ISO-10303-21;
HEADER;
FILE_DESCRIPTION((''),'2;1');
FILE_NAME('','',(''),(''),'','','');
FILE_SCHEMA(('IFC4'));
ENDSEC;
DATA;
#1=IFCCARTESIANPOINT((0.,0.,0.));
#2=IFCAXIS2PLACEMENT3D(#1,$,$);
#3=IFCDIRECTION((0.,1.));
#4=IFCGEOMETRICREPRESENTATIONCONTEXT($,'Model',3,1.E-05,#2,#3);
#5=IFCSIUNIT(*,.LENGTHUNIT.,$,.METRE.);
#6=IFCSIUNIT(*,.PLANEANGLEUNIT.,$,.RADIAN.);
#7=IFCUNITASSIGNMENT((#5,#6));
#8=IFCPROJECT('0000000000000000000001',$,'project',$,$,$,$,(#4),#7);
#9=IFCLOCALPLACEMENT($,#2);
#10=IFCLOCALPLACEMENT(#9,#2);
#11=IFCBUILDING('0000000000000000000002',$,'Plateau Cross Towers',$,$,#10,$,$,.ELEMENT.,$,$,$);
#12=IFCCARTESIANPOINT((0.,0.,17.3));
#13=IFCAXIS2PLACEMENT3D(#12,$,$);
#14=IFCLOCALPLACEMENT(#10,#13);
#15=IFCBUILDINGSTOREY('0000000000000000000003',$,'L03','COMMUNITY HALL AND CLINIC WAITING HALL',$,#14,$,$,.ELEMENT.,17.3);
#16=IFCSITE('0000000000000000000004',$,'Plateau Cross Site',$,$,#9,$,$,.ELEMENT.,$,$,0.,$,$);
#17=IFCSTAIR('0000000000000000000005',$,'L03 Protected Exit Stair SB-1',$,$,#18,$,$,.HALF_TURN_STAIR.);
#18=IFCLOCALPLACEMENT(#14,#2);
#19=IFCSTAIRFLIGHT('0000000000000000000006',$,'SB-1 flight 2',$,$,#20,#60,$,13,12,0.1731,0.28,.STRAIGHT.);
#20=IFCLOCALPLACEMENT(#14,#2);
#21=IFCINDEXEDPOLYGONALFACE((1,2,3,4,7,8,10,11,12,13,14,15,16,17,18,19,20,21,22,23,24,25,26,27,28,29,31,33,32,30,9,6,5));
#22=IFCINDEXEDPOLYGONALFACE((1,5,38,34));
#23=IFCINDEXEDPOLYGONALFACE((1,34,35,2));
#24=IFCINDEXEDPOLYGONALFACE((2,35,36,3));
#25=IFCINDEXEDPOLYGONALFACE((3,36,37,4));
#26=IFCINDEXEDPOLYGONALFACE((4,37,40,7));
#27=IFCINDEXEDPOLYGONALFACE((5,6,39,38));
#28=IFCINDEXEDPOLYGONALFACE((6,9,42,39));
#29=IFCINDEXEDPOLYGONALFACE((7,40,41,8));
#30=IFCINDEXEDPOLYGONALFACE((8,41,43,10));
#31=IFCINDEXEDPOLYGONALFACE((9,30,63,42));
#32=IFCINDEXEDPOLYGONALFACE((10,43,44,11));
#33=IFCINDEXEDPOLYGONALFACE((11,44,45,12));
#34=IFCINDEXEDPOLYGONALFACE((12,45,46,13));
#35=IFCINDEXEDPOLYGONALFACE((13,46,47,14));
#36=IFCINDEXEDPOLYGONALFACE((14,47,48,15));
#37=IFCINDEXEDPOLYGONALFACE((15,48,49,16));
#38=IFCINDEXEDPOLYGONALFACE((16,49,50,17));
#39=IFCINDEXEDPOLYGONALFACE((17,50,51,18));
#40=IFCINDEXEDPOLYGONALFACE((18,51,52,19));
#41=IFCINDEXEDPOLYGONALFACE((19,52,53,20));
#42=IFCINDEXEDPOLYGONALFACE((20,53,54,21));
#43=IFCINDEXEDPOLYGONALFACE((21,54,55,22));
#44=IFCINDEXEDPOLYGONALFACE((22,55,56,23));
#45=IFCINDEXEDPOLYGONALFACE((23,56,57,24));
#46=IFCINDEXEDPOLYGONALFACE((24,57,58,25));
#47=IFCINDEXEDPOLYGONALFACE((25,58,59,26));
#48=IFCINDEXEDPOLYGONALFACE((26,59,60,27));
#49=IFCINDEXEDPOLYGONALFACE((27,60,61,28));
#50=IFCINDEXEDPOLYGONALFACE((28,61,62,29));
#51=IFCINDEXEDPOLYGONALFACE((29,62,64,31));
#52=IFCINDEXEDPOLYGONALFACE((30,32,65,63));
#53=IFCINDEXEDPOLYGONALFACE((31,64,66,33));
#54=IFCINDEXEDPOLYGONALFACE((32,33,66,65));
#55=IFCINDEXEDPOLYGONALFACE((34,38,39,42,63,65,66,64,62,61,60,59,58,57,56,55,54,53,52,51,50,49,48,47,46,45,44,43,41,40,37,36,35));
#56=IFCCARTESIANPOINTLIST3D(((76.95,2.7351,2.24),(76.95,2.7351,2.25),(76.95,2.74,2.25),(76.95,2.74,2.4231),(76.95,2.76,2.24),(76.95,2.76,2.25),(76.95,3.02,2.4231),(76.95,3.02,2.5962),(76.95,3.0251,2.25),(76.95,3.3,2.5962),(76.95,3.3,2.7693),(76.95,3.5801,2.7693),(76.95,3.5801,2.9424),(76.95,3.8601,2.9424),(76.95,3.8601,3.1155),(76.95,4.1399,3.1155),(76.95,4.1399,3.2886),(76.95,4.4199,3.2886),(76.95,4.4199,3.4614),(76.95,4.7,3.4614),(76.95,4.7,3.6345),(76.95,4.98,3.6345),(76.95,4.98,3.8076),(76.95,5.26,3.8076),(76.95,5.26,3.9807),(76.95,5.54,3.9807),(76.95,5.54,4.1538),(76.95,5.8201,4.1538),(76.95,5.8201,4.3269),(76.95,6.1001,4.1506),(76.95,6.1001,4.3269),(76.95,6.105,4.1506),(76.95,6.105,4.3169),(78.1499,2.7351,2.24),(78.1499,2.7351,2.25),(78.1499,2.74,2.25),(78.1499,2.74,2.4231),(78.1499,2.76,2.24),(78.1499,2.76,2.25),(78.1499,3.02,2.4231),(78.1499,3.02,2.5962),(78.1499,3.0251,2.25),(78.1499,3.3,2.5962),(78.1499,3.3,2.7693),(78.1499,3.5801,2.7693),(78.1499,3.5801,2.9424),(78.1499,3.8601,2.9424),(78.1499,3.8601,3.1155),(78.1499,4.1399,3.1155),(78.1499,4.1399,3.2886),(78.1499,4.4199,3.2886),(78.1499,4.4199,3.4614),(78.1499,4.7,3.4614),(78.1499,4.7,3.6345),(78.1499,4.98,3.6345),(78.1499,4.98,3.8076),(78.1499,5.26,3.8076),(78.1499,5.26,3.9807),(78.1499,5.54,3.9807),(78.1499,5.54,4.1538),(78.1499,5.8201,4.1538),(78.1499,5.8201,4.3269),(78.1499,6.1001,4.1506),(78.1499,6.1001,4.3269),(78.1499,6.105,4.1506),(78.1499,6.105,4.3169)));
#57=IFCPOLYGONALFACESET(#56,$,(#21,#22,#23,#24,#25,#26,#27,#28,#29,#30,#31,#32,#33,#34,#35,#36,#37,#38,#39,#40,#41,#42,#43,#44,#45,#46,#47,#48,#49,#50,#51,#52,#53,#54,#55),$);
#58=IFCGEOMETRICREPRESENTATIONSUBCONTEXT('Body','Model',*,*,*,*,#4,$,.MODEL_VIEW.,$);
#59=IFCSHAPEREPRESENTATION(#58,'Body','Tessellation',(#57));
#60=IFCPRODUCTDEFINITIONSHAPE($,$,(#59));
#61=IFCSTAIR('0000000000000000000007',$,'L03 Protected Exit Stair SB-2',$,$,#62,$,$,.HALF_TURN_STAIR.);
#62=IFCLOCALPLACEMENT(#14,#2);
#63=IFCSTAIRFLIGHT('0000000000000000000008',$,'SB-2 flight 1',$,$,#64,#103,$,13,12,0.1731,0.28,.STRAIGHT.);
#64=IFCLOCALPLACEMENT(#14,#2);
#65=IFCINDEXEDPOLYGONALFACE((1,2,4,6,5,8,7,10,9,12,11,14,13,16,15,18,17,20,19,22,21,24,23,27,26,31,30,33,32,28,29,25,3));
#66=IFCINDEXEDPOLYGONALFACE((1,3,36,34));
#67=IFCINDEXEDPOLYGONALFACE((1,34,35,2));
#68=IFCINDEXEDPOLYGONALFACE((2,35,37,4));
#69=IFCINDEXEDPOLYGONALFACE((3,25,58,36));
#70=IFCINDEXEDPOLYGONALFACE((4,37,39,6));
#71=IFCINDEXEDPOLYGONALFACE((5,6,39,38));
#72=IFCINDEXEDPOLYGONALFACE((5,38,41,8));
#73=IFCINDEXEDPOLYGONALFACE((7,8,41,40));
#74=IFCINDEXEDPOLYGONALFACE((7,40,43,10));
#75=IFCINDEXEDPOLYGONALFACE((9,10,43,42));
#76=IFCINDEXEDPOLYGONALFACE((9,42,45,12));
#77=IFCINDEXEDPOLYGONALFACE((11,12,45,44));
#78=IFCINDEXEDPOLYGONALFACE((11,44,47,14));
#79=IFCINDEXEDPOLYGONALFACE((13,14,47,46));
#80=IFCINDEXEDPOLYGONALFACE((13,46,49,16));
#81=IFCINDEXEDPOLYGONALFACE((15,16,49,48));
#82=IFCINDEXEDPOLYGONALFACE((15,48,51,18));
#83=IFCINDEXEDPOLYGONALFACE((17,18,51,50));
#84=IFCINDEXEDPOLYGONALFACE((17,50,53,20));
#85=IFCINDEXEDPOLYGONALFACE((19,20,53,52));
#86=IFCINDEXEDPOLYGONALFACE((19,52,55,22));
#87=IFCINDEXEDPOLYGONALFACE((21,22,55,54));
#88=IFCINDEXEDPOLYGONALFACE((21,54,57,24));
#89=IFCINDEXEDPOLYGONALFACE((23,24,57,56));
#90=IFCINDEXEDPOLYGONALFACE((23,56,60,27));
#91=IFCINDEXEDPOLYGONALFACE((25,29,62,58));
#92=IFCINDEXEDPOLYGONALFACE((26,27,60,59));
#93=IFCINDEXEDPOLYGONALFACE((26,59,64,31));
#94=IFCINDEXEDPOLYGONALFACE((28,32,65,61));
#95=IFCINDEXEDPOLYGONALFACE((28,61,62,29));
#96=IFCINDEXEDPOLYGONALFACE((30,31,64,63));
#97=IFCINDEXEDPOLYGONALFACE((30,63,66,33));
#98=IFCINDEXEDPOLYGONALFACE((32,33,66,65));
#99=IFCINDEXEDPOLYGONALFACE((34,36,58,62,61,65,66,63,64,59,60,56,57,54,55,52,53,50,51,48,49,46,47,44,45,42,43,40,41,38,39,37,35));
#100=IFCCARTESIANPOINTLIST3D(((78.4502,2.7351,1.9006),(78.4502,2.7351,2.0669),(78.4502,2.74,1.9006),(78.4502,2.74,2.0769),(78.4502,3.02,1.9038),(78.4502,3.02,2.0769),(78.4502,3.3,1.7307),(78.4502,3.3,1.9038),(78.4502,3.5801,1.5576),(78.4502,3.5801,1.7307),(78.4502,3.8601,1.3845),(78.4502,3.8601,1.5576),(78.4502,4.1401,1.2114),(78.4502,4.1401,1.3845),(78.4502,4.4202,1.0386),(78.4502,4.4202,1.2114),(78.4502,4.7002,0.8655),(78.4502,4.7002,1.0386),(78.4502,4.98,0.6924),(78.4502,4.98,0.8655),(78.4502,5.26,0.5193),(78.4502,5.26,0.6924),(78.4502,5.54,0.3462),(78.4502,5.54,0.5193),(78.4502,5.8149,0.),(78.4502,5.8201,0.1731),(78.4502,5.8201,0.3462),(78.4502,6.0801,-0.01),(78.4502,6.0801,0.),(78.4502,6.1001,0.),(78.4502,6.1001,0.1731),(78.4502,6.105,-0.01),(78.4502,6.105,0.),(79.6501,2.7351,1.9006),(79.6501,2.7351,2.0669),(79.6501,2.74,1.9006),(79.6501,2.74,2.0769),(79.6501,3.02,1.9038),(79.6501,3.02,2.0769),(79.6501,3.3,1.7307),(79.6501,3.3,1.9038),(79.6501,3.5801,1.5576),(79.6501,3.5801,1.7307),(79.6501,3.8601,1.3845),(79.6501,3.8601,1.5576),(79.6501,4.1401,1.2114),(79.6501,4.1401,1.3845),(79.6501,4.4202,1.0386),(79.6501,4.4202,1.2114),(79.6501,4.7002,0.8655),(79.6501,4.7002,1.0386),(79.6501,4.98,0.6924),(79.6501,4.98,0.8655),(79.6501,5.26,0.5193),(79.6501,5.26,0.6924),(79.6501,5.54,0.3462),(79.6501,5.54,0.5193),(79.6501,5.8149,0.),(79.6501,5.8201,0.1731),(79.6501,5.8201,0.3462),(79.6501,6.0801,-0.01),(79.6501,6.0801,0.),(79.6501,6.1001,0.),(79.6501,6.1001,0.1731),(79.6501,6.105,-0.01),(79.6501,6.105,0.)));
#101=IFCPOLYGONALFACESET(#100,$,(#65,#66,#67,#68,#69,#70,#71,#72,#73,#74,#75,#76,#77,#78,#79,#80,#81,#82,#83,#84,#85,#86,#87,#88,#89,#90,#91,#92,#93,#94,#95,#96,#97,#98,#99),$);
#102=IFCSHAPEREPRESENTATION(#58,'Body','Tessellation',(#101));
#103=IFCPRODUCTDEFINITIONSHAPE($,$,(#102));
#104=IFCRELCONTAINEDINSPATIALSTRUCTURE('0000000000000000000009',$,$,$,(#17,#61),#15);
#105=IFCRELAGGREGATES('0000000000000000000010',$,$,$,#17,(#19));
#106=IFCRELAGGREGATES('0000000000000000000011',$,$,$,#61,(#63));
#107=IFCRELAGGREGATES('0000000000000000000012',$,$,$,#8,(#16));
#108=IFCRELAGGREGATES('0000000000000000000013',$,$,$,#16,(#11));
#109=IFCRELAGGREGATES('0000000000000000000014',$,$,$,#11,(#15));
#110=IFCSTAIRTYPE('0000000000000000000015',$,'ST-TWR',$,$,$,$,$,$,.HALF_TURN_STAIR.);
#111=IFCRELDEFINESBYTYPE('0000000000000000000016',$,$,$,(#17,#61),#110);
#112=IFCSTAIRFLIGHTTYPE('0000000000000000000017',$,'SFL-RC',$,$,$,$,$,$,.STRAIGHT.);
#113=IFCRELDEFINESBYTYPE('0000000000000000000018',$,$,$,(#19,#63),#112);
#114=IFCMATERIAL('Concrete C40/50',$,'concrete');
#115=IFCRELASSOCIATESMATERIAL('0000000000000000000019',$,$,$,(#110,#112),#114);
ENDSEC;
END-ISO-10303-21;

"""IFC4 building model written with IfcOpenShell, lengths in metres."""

from ifc_helpers import new_model, si_unit, direction, frame, origin, place, context, subcontext, project, spatial, polyline, outline, extrude, material, type_object, element, aggregate, save


model = new_model("IFC4")

# Units and contexts
model_context = context("Model", 3, precision=1e-05, world=origin(), true_north=direction((0.0, 1.0)))
body_context = subcontext(model_context, "Body", "Model", "MODEL_VIEW")
ifc_project = project(units=[si_unit("LENGTHUNIT", "METRE"), si_unit("PLANEANGLEUNIT", "RADIAN")], contexts=[model_context])

# Site, building, storey
site_placement = place(None, origin())
site = spatial("IfcSite", under=ifc_project, at=site_placement, Name="Plateau Cross Site", CompositionType="ELEMENT", RefElevation=0.0)
building_placement = place(site_placement, origin())
building = spatial("IfcBuilding", under=site, at=building_placement, Name="Plateau Cross Towers", CompositionType="ELEMENT")
storey_placement = place(building_placement, frame((0.0, 0.0, 17.3)))
storey = spatial("IfcBuildingStorey", under=building, at=storey_placement, Name="L03", Description="COMMUNITY HALL AND CLINIC WAITING HALL", CompositionType="ELEMENT", Elevation=17.3)

# Stair, stair flight
ifc_material_1 = material(Name="Concrete C40/50", Category="concrete")
stair_type = type_object("IfcStairType", Name="ST-TWR", PredefinedType="HALF_TURN_STAIR", material=ifc_material_1)
stair_1_placement = place(storey_placement, origin())
stair_1 = element("IfcStair", 1, at=stair_1_placement, inside=storey, type_object=stair_type, Name="L03 Protected Exit Stair SB-1", PredefinedType="HALF_TURN_STAIR")
stair_flight_type = type_object("IfcStairFlightType", Name="SFL-RC", PredefinedType="STRAIGHT", material=ifc_material_1)
stair_flight_1_placement = place(storey_placement, frame((77.55, 2.74, 2.25), z_axis=(0.0, 0.0, 1.0), x_axis=(0.0, 1.0, 0.0)))
stair_flight_1 = element("IfcStairFlight", 2, at=stair_flight_1_placement, type_object=stair_flight_type, Name="SB-1 flight 2", NumberOfRisers=13, NumberOfTreads=12, PredefinedType="STRAIGHT", RiserHeight=0.1731, TreadLength=0.28, context=body_context, shape_type="SweptSolid", body=[
    extrude(outline(polyline([(-0.0049, -0.01), (-0.0049, 0.0), (0.0, 0.0), (0.0, 0.1731), (0.28, 0.1731), (0.28, 0.3462), (0.5601, 0.3462), (0.5601, 0.5193), (0.8401, 0.5193), (0.8401, 0.6924), (1.1201, 0.6924), (1.1201, 0.8655), (1.3999, 0.8655), (1.3999, 1.0386), (1.6799, 1.0386), (1.6799, 1.2114), (1.96, 1.2114), (1.96, 1.3845), (2.24, 1.3845), (2.24, 1.5576), (2.52, 1.5576), (2.52, 1.7307), (2.8, 1.7307), (2.8, 1.9038), (3.0801, 1.9038), (3.0801, 2.0769), (3.3601, 2.0769), (3.365, 2.0669), (3.365, 1.9006), (3.3601, 1.9006), (0.2852, 0.0), (0.02, 0.0), (0.02, -0.01), (-0.0049, -0.01)])), frame((0.0, 0.6001, 0.0), z_axis=(0.0, -1.0, 0.0), x_axis=(1.0, 0.0, 0.0)), (0.0, 0.0, 1.0), 1.2),
])
aggregate(stair_1, [stair_flight_1])

# Stair, stair flight
stair_2_placement = place(storey_placement, origin())
stair_2 = element("IfcStair", 3, at=stair_2_placement, inside=storey, type_object=stair_type, Name="L03 Protected Exit Stair SB-2", PredefinedType="HALF_TURN_STAIR")
stair_flight_2_placement = place(storey_placement, frame((79.05, 6.1001, 0.0), z_axis=(0.0, 0.0, 1.0), x_axis=(0.0, -1.0, 0.0)))
stair_flight_2 = element("IfcStairFlight", 4, at=stair_flight_2_placement, type_object=stair_flight_type, Name="SB-2 flight 1", NumberOfRisers=13, NumberOfTreads=12, PredefinedType="STRAIGHT", RiserHeight=0.1731, TreadLength=0.28, context=body_context, shape_type="SweptSolid", body=[
    extrude(outline(polyline([(-0.0049, -0.01), (-0.0049, 0.0), (0.0, 0.0), (0.0, 0.1731), (0.28, 0.1731), (0.28, 0.3462), (0.5601, 0.3462), (0.5601, 0.5193), (0.8401, 0.5193), (0.8401, 0.6924), (1.1201, 0.6924), (1.1201, 0.8655), (1.3999, 0.8655), (1.3999, 1.0386), (1.6799, 1.0386), (1.6799, 1.2114), (1.96, 1.2114), (1.96, 1.3845), (2.24, 1.3845), (2.24, 1.5576), (2.52, 1.5576), (2.52, 1.7307), (2.8, 1.7307), (2.8, 1.9038), (3.0801, 1.9038), (3.0801, 2.0769), (3.3601, 2.0769), (3.365, 2.0669), (3.365, 1.9006), (3.3601, 1.9006), (0.2852, 0.0), (0.02, 0.0), (0.02, -0.01), (-0.0049, -0.01)])), frame((0.0, 0.6001, 0.0), z_axis=(0.0, -1.0, 0.0), x_axis=(1.0, 0.0, 0.0)), (0.0, 0.0, 1.0), 1.2),
])
aggregate(stair_2, [stair_flight_2])

save(model, "model.ifc")
